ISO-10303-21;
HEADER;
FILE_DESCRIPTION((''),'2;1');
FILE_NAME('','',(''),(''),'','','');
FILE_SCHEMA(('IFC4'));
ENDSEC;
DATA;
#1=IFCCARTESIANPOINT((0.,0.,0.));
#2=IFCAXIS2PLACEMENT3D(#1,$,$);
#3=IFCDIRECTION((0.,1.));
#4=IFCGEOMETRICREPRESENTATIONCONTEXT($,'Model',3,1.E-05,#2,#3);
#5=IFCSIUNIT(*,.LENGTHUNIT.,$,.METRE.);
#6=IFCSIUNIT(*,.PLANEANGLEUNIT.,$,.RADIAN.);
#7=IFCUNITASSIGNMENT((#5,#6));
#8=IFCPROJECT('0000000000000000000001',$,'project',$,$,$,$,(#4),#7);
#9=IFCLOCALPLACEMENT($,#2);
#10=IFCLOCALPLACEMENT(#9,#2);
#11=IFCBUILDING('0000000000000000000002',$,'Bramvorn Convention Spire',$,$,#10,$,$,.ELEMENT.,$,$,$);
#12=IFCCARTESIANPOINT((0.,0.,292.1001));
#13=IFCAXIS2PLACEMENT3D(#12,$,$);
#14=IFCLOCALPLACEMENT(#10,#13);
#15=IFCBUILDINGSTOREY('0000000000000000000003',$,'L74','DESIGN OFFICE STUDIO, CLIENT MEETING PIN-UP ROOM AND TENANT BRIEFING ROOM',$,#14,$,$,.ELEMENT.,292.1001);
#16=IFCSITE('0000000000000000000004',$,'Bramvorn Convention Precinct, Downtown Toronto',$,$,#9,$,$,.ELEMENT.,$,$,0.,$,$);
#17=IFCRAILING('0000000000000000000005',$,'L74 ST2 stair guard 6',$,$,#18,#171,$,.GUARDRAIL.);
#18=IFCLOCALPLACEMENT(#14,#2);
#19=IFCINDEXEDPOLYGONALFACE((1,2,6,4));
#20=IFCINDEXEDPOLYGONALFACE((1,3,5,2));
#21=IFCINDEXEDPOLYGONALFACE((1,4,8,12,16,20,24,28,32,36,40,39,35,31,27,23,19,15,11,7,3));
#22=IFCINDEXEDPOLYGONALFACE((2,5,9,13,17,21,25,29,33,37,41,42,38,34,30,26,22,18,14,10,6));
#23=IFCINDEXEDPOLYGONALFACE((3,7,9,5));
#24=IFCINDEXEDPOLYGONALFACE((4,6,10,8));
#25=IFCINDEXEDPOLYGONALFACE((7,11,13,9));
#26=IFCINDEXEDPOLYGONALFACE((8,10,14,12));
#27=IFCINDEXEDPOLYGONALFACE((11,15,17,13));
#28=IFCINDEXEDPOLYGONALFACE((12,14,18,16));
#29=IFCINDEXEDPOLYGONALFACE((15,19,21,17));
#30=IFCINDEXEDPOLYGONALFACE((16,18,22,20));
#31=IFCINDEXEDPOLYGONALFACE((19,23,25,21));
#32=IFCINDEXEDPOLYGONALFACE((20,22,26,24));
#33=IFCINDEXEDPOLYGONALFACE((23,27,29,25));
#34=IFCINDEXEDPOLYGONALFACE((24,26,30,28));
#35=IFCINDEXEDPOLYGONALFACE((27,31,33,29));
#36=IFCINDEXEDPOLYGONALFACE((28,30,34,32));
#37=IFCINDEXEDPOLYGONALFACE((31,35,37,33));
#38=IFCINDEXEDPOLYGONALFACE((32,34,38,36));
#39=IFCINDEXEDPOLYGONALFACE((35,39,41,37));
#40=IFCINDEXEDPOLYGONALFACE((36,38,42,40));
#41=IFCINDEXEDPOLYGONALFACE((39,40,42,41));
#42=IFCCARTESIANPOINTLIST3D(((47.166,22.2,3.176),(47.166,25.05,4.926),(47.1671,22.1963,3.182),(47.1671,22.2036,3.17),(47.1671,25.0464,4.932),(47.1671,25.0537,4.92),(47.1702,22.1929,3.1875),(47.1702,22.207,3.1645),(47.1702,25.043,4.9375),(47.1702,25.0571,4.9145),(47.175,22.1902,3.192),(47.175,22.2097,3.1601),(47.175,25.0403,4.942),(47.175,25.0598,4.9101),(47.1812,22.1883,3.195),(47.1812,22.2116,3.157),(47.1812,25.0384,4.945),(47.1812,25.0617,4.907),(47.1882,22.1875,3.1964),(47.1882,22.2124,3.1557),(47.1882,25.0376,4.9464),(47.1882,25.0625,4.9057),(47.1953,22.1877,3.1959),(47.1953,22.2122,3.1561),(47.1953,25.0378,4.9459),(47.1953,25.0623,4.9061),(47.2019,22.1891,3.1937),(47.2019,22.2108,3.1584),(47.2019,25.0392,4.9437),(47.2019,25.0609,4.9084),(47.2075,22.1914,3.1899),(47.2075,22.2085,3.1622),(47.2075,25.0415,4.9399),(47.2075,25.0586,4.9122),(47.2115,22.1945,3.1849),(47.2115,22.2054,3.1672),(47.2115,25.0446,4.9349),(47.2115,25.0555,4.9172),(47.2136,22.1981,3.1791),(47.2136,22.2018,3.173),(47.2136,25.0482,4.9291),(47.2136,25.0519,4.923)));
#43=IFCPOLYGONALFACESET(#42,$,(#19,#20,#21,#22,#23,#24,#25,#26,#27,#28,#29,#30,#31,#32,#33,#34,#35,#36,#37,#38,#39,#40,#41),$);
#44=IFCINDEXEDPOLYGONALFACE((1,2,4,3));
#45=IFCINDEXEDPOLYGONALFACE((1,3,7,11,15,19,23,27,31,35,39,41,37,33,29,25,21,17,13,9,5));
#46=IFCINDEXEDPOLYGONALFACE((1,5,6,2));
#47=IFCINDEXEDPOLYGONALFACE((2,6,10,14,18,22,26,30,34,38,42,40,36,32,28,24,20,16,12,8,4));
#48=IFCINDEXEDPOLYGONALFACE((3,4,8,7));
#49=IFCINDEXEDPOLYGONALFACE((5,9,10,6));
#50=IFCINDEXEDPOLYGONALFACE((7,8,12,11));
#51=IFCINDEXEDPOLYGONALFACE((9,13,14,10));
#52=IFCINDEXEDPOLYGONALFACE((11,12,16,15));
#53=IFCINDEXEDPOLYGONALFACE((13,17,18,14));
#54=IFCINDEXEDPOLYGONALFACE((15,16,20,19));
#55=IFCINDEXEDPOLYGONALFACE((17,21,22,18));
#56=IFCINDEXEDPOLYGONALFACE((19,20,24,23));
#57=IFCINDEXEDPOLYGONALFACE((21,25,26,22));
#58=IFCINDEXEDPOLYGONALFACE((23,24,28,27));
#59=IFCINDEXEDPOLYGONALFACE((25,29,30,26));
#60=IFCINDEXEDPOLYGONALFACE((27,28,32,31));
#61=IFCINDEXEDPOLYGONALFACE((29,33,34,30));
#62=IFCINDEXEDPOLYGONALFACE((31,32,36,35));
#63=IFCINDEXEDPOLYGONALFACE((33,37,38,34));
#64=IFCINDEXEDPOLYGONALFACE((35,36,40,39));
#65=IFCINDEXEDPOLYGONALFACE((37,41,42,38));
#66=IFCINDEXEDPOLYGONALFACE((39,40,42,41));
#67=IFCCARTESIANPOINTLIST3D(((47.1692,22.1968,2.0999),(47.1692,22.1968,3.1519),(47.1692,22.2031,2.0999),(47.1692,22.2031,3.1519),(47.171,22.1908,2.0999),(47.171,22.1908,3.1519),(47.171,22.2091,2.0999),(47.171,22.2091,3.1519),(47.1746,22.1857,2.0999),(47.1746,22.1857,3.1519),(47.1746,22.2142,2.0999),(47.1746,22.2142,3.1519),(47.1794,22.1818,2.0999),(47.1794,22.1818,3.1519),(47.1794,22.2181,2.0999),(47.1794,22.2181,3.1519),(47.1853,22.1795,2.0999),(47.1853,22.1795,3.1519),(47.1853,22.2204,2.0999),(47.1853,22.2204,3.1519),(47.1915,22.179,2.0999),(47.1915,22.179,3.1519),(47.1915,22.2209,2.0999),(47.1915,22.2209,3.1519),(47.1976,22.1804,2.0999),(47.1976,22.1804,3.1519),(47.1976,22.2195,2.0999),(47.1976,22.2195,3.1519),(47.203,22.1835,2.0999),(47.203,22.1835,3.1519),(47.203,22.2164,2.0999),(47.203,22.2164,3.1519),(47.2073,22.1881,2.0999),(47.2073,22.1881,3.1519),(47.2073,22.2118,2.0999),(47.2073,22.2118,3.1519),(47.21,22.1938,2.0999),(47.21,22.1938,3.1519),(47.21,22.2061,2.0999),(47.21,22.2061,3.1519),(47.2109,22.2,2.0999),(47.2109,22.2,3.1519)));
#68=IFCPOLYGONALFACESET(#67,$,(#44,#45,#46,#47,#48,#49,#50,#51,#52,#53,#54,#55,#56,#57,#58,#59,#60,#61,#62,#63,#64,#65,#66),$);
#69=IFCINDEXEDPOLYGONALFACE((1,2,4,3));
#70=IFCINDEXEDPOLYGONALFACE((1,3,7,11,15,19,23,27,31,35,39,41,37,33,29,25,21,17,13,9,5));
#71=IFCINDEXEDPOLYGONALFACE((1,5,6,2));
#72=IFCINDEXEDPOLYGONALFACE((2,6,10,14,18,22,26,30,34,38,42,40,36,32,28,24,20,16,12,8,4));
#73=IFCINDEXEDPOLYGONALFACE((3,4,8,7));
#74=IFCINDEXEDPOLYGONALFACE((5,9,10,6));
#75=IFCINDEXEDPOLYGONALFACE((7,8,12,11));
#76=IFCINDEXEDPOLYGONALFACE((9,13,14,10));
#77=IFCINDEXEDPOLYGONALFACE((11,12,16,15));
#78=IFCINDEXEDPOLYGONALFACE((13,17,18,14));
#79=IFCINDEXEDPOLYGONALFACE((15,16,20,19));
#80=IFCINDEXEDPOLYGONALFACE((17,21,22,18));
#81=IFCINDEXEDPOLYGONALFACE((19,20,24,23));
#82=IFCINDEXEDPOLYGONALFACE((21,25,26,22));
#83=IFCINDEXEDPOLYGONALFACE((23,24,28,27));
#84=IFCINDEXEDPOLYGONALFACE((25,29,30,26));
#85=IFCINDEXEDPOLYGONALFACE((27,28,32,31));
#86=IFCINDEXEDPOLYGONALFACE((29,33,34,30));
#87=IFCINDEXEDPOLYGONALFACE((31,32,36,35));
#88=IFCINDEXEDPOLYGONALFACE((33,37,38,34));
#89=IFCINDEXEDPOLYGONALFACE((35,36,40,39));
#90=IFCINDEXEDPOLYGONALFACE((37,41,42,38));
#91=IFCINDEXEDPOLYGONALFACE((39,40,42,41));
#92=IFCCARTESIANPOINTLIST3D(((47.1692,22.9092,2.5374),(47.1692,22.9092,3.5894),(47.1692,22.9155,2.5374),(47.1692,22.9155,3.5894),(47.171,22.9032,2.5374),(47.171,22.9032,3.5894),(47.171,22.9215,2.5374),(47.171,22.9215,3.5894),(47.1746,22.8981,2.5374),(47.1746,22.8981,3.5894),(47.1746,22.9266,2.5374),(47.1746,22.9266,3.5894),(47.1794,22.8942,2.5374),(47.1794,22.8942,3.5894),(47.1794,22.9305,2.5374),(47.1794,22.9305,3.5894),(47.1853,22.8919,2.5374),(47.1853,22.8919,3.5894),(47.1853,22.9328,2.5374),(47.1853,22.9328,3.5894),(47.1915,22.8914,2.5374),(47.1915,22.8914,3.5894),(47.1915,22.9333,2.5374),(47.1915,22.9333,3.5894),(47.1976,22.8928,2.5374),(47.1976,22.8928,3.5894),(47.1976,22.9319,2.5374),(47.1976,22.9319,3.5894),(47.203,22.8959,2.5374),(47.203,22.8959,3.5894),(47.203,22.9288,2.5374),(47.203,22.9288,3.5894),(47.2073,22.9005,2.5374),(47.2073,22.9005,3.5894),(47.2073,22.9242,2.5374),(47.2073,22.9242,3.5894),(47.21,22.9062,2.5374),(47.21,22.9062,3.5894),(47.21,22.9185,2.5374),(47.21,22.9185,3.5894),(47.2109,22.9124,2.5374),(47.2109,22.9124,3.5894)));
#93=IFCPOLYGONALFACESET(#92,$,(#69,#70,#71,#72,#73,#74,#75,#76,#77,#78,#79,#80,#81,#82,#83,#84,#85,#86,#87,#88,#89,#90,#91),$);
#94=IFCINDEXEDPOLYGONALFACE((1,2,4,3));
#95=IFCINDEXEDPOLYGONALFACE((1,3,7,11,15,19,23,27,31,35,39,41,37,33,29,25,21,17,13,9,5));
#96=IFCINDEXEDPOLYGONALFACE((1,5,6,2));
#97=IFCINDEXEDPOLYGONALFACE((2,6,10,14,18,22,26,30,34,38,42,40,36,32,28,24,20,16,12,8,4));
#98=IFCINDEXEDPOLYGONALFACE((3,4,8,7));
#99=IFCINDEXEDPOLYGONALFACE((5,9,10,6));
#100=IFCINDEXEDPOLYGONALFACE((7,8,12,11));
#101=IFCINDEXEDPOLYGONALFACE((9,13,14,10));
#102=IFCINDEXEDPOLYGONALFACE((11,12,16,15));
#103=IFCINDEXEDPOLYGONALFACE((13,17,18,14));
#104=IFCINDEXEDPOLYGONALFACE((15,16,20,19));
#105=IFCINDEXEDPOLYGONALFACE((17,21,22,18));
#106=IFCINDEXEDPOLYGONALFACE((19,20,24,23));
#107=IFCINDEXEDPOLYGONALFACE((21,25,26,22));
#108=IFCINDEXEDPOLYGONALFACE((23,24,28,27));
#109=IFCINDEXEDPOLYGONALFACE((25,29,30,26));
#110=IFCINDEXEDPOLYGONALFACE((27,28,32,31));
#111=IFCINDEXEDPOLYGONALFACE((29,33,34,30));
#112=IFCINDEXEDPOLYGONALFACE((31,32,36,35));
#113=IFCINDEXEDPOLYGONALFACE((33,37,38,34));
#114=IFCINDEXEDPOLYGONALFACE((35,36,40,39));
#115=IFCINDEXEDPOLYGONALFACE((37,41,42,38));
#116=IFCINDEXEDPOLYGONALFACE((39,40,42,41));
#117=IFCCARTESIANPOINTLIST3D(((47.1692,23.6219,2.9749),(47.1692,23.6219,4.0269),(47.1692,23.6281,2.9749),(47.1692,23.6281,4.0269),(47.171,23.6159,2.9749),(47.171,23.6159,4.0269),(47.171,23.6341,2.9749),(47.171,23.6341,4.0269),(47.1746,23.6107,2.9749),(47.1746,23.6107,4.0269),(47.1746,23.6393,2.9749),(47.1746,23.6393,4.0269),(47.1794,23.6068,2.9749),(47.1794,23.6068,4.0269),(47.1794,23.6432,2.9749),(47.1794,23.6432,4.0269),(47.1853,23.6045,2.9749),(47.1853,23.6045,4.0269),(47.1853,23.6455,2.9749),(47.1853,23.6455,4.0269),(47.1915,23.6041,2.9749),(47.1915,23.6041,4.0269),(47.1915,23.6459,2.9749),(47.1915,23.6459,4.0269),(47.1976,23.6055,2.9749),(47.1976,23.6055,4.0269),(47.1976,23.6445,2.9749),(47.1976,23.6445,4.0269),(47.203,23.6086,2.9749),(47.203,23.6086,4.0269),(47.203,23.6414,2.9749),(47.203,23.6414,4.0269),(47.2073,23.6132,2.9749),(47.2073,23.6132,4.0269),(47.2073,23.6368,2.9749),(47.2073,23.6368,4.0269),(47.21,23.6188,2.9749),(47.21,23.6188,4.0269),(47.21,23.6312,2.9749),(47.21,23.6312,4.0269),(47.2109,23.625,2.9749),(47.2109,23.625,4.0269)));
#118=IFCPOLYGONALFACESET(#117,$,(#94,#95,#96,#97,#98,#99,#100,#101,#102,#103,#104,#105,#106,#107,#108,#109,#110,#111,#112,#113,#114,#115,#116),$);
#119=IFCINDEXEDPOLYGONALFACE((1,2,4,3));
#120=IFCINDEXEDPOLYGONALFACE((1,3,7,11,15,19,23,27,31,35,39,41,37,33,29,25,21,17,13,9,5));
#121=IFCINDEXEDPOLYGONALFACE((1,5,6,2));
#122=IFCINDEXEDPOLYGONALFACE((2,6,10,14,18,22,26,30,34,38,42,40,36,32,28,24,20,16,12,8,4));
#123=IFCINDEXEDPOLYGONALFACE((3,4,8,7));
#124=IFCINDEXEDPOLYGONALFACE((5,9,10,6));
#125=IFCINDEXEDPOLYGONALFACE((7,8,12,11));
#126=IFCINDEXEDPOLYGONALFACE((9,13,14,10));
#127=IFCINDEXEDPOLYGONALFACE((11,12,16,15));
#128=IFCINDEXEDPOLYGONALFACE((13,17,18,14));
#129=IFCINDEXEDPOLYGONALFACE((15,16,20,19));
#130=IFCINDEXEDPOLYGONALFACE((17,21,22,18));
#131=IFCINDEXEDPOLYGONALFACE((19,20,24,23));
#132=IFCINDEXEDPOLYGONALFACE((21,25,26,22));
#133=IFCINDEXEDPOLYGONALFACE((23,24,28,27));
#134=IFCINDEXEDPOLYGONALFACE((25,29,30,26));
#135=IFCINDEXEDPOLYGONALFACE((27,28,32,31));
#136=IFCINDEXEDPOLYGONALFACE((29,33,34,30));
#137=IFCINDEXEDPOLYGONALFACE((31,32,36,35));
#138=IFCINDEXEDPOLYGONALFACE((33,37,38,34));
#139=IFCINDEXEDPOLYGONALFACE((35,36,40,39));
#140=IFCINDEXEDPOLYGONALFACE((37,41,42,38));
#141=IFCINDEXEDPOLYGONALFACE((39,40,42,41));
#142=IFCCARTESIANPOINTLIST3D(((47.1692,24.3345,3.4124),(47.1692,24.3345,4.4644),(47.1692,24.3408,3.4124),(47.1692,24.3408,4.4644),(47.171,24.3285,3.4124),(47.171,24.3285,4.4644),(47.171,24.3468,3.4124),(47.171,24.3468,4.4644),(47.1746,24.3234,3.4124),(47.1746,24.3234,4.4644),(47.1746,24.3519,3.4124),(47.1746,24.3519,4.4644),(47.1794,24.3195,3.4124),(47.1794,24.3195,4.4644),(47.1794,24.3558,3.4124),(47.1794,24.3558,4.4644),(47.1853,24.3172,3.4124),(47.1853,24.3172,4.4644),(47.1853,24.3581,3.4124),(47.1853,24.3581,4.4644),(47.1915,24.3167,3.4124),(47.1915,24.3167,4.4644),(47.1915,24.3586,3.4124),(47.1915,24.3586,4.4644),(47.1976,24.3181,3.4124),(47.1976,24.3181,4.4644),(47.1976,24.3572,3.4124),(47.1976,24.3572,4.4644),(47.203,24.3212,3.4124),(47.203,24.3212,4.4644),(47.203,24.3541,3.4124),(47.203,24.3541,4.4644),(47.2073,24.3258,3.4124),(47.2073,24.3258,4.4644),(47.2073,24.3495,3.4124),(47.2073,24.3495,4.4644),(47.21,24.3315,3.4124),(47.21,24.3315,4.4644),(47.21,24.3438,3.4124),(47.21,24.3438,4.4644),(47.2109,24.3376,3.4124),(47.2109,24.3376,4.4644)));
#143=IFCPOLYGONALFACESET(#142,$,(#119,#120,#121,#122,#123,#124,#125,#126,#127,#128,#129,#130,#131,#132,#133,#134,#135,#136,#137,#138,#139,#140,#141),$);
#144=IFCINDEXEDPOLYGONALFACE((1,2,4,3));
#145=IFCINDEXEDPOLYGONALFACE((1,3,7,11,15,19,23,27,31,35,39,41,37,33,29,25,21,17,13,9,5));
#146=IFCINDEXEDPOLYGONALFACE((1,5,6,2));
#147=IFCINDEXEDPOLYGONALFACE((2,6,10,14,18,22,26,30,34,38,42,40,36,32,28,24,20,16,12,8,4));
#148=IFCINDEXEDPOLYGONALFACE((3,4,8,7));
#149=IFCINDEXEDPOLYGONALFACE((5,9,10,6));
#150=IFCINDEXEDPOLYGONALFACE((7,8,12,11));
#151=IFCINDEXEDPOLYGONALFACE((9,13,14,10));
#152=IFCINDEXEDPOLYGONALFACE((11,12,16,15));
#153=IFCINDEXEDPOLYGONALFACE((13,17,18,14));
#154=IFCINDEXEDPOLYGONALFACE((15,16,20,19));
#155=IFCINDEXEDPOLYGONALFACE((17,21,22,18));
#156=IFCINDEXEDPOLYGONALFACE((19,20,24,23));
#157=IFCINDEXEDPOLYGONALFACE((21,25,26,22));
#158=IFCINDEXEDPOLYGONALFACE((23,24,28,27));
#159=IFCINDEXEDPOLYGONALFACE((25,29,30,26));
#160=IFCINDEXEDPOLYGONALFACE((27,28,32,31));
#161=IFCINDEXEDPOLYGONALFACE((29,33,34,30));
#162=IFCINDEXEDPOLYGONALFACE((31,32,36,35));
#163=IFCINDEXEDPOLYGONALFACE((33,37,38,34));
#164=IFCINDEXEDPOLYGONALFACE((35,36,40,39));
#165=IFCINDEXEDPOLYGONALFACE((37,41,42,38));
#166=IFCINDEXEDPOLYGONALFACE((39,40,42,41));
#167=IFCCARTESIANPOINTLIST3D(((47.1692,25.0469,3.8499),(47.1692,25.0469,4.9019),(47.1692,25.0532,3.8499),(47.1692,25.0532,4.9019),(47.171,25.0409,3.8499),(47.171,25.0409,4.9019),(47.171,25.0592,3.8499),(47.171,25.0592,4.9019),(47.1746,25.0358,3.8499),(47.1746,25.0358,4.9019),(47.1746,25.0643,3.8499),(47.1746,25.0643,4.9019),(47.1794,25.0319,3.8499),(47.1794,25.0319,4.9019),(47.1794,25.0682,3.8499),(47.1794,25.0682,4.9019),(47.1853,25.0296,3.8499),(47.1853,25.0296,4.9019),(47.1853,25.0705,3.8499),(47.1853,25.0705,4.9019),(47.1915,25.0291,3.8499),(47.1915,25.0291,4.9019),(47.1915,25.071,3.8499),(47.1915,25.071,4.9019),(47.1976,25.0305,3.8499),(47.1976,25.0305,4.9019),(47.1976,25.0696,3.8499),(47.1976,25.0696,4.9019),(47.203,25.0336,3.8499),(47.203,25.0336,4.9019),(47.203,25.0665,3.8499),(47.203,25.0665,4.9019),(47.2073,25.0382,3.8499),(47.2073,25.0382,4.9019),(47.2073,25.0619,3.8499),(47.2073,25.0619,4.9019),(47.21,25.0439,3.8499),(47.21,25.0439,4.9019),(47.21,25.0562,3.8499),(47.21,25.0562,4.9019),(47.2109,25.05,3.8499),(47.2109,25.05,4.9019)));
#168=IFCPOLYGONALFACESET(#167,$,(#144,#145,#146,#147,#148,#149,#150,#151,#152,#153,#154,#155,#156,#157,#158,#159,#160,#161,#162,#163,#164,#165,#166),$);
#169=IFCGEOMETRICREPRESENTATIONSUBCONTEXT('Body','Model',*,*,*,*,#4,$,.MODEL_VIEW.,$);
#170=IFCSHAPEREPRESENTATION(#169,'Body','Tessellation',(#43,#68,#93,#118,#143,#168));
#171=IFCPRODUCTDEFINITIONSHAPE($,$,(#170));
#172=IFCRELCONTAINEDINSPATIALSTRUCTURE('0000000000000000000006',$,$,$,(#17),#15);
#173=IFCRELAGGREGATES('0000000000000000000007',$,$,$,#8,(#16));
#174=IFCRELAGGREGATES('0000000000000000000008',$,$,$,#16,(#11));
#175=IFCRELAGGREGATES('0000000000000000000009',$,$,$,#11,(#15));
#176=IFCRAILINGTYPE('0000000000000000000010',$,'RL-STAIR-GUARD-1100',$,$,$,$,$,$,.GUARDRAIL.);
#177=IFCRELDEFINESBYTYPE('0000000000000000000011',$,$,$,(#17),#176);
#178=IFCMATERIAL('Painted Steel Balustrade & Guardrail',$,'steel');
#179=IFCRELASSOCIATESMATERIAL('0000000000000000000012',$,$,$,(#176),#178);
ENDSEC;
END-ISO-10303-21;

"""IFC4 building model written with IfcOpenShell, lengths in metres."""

from ifc_helpers import new_model, si_unit, direction, frame, origin, origin_2d, place, context, subcontext, project, spatial, circle, extrude, material, type_object, element, save


model = new_model("IFC4")

# Units and contexts
model_context = context("Model", 3, precision=1e-05, world=origin(), true_north=direction((0.0, 1.0)))
body_context = subcontext(model_context, "Body", "Model", "MODEL_VIEW")
ifc_project = project(units=[si_unit("LENGTHUNIT", "METRE"), si_unit("PLANEANGLEUNIT", "RADIAN")], contexts=[model_context])

# Site, building, storey
site_placement = place(None, origin())
site = spatial("IfcSite", under=ifc_project, at=site_placement, Name="Bramvorn Convention Precinct, Downtown Toronto", CompositionType="ELEMENT", RefElevation=0.0)
building_placement = place(site_placement, origin())
building = spatial("IfcBuilding", under=site, at=building_placement, Name="Bramvorn Convention Spire", CompositionType="ELEMENT")
storey_placement = place(building_placement, frame((0.0, 0.0, 292.1001)))
storey = spatial("IfcBuildingStorey", under=building, at=storey_placement, Name="L74", Description="DESIGN OFFICE STUDIO, CLIENT MEETING PIN-UP ROOM AND TENANT BRIEFING ROOM", CompositionType="ELEMENT", Elevation=292.1001)

# Railing
ifc_material_1 = material(Name="Painted Steel Balustrade & Guardrail", Category="steel")
railing_type_1 = type_object("IfcRailingType", Name="RL-STAIR-GUARD-1100", PredefinedType="GUARDRAIL", material=ifc_material_1)
railing_1_placement = place(storey_placement, frame((47.1899, 22.2, 2.0999)))
element("IfcRailing", 1, at=railing_1_placement, inside=storey, type_object=railing_type_1, Name="L74 ST2 stair guard 6", PredefinedType="GUARDRAIL", context=body_context, shape_type="SweptSolid", body=[
    extrude(circle(Radius=0.0239, at=origin_2d()), frame((0.0, 0.0, 1.0762), z_axis=(0.0, 0.852179, 0.52325), x_axis=(-1.0, 0.0, 0.0)), (0.0, 0.0, 1.0), 3.3445),
    extrude(circle(Radius=0.021, at=origin_2d()), origin(), (0.0, 0.0, 1.0), 1.052),
    extrude(circle(Radius=0.021, at=origin_2d()), frame((0.0, 0.7124, 0.4375)), (0.0, 0.0, 1.0), 1.052),
    extrude(circle(Radius=0.021, at=origin_2d()), frame((0.0, 1.425, 0.875)), (0.0, 0.0, 1.0), 1.052),
    extrude(circle(Radius=0.021, at=origin_2d()), frame((0.0, 2.1377, 1.3125)), (0.0, 0.0, 1.0), 1.052),
    extrude(circle(Radius=0.021, at=origin_2d()), frame((0.0, 2.8501, 1.75)), (0.0, 0.0, 1.0), 1.052),
])

save(model, "model.ifc")
